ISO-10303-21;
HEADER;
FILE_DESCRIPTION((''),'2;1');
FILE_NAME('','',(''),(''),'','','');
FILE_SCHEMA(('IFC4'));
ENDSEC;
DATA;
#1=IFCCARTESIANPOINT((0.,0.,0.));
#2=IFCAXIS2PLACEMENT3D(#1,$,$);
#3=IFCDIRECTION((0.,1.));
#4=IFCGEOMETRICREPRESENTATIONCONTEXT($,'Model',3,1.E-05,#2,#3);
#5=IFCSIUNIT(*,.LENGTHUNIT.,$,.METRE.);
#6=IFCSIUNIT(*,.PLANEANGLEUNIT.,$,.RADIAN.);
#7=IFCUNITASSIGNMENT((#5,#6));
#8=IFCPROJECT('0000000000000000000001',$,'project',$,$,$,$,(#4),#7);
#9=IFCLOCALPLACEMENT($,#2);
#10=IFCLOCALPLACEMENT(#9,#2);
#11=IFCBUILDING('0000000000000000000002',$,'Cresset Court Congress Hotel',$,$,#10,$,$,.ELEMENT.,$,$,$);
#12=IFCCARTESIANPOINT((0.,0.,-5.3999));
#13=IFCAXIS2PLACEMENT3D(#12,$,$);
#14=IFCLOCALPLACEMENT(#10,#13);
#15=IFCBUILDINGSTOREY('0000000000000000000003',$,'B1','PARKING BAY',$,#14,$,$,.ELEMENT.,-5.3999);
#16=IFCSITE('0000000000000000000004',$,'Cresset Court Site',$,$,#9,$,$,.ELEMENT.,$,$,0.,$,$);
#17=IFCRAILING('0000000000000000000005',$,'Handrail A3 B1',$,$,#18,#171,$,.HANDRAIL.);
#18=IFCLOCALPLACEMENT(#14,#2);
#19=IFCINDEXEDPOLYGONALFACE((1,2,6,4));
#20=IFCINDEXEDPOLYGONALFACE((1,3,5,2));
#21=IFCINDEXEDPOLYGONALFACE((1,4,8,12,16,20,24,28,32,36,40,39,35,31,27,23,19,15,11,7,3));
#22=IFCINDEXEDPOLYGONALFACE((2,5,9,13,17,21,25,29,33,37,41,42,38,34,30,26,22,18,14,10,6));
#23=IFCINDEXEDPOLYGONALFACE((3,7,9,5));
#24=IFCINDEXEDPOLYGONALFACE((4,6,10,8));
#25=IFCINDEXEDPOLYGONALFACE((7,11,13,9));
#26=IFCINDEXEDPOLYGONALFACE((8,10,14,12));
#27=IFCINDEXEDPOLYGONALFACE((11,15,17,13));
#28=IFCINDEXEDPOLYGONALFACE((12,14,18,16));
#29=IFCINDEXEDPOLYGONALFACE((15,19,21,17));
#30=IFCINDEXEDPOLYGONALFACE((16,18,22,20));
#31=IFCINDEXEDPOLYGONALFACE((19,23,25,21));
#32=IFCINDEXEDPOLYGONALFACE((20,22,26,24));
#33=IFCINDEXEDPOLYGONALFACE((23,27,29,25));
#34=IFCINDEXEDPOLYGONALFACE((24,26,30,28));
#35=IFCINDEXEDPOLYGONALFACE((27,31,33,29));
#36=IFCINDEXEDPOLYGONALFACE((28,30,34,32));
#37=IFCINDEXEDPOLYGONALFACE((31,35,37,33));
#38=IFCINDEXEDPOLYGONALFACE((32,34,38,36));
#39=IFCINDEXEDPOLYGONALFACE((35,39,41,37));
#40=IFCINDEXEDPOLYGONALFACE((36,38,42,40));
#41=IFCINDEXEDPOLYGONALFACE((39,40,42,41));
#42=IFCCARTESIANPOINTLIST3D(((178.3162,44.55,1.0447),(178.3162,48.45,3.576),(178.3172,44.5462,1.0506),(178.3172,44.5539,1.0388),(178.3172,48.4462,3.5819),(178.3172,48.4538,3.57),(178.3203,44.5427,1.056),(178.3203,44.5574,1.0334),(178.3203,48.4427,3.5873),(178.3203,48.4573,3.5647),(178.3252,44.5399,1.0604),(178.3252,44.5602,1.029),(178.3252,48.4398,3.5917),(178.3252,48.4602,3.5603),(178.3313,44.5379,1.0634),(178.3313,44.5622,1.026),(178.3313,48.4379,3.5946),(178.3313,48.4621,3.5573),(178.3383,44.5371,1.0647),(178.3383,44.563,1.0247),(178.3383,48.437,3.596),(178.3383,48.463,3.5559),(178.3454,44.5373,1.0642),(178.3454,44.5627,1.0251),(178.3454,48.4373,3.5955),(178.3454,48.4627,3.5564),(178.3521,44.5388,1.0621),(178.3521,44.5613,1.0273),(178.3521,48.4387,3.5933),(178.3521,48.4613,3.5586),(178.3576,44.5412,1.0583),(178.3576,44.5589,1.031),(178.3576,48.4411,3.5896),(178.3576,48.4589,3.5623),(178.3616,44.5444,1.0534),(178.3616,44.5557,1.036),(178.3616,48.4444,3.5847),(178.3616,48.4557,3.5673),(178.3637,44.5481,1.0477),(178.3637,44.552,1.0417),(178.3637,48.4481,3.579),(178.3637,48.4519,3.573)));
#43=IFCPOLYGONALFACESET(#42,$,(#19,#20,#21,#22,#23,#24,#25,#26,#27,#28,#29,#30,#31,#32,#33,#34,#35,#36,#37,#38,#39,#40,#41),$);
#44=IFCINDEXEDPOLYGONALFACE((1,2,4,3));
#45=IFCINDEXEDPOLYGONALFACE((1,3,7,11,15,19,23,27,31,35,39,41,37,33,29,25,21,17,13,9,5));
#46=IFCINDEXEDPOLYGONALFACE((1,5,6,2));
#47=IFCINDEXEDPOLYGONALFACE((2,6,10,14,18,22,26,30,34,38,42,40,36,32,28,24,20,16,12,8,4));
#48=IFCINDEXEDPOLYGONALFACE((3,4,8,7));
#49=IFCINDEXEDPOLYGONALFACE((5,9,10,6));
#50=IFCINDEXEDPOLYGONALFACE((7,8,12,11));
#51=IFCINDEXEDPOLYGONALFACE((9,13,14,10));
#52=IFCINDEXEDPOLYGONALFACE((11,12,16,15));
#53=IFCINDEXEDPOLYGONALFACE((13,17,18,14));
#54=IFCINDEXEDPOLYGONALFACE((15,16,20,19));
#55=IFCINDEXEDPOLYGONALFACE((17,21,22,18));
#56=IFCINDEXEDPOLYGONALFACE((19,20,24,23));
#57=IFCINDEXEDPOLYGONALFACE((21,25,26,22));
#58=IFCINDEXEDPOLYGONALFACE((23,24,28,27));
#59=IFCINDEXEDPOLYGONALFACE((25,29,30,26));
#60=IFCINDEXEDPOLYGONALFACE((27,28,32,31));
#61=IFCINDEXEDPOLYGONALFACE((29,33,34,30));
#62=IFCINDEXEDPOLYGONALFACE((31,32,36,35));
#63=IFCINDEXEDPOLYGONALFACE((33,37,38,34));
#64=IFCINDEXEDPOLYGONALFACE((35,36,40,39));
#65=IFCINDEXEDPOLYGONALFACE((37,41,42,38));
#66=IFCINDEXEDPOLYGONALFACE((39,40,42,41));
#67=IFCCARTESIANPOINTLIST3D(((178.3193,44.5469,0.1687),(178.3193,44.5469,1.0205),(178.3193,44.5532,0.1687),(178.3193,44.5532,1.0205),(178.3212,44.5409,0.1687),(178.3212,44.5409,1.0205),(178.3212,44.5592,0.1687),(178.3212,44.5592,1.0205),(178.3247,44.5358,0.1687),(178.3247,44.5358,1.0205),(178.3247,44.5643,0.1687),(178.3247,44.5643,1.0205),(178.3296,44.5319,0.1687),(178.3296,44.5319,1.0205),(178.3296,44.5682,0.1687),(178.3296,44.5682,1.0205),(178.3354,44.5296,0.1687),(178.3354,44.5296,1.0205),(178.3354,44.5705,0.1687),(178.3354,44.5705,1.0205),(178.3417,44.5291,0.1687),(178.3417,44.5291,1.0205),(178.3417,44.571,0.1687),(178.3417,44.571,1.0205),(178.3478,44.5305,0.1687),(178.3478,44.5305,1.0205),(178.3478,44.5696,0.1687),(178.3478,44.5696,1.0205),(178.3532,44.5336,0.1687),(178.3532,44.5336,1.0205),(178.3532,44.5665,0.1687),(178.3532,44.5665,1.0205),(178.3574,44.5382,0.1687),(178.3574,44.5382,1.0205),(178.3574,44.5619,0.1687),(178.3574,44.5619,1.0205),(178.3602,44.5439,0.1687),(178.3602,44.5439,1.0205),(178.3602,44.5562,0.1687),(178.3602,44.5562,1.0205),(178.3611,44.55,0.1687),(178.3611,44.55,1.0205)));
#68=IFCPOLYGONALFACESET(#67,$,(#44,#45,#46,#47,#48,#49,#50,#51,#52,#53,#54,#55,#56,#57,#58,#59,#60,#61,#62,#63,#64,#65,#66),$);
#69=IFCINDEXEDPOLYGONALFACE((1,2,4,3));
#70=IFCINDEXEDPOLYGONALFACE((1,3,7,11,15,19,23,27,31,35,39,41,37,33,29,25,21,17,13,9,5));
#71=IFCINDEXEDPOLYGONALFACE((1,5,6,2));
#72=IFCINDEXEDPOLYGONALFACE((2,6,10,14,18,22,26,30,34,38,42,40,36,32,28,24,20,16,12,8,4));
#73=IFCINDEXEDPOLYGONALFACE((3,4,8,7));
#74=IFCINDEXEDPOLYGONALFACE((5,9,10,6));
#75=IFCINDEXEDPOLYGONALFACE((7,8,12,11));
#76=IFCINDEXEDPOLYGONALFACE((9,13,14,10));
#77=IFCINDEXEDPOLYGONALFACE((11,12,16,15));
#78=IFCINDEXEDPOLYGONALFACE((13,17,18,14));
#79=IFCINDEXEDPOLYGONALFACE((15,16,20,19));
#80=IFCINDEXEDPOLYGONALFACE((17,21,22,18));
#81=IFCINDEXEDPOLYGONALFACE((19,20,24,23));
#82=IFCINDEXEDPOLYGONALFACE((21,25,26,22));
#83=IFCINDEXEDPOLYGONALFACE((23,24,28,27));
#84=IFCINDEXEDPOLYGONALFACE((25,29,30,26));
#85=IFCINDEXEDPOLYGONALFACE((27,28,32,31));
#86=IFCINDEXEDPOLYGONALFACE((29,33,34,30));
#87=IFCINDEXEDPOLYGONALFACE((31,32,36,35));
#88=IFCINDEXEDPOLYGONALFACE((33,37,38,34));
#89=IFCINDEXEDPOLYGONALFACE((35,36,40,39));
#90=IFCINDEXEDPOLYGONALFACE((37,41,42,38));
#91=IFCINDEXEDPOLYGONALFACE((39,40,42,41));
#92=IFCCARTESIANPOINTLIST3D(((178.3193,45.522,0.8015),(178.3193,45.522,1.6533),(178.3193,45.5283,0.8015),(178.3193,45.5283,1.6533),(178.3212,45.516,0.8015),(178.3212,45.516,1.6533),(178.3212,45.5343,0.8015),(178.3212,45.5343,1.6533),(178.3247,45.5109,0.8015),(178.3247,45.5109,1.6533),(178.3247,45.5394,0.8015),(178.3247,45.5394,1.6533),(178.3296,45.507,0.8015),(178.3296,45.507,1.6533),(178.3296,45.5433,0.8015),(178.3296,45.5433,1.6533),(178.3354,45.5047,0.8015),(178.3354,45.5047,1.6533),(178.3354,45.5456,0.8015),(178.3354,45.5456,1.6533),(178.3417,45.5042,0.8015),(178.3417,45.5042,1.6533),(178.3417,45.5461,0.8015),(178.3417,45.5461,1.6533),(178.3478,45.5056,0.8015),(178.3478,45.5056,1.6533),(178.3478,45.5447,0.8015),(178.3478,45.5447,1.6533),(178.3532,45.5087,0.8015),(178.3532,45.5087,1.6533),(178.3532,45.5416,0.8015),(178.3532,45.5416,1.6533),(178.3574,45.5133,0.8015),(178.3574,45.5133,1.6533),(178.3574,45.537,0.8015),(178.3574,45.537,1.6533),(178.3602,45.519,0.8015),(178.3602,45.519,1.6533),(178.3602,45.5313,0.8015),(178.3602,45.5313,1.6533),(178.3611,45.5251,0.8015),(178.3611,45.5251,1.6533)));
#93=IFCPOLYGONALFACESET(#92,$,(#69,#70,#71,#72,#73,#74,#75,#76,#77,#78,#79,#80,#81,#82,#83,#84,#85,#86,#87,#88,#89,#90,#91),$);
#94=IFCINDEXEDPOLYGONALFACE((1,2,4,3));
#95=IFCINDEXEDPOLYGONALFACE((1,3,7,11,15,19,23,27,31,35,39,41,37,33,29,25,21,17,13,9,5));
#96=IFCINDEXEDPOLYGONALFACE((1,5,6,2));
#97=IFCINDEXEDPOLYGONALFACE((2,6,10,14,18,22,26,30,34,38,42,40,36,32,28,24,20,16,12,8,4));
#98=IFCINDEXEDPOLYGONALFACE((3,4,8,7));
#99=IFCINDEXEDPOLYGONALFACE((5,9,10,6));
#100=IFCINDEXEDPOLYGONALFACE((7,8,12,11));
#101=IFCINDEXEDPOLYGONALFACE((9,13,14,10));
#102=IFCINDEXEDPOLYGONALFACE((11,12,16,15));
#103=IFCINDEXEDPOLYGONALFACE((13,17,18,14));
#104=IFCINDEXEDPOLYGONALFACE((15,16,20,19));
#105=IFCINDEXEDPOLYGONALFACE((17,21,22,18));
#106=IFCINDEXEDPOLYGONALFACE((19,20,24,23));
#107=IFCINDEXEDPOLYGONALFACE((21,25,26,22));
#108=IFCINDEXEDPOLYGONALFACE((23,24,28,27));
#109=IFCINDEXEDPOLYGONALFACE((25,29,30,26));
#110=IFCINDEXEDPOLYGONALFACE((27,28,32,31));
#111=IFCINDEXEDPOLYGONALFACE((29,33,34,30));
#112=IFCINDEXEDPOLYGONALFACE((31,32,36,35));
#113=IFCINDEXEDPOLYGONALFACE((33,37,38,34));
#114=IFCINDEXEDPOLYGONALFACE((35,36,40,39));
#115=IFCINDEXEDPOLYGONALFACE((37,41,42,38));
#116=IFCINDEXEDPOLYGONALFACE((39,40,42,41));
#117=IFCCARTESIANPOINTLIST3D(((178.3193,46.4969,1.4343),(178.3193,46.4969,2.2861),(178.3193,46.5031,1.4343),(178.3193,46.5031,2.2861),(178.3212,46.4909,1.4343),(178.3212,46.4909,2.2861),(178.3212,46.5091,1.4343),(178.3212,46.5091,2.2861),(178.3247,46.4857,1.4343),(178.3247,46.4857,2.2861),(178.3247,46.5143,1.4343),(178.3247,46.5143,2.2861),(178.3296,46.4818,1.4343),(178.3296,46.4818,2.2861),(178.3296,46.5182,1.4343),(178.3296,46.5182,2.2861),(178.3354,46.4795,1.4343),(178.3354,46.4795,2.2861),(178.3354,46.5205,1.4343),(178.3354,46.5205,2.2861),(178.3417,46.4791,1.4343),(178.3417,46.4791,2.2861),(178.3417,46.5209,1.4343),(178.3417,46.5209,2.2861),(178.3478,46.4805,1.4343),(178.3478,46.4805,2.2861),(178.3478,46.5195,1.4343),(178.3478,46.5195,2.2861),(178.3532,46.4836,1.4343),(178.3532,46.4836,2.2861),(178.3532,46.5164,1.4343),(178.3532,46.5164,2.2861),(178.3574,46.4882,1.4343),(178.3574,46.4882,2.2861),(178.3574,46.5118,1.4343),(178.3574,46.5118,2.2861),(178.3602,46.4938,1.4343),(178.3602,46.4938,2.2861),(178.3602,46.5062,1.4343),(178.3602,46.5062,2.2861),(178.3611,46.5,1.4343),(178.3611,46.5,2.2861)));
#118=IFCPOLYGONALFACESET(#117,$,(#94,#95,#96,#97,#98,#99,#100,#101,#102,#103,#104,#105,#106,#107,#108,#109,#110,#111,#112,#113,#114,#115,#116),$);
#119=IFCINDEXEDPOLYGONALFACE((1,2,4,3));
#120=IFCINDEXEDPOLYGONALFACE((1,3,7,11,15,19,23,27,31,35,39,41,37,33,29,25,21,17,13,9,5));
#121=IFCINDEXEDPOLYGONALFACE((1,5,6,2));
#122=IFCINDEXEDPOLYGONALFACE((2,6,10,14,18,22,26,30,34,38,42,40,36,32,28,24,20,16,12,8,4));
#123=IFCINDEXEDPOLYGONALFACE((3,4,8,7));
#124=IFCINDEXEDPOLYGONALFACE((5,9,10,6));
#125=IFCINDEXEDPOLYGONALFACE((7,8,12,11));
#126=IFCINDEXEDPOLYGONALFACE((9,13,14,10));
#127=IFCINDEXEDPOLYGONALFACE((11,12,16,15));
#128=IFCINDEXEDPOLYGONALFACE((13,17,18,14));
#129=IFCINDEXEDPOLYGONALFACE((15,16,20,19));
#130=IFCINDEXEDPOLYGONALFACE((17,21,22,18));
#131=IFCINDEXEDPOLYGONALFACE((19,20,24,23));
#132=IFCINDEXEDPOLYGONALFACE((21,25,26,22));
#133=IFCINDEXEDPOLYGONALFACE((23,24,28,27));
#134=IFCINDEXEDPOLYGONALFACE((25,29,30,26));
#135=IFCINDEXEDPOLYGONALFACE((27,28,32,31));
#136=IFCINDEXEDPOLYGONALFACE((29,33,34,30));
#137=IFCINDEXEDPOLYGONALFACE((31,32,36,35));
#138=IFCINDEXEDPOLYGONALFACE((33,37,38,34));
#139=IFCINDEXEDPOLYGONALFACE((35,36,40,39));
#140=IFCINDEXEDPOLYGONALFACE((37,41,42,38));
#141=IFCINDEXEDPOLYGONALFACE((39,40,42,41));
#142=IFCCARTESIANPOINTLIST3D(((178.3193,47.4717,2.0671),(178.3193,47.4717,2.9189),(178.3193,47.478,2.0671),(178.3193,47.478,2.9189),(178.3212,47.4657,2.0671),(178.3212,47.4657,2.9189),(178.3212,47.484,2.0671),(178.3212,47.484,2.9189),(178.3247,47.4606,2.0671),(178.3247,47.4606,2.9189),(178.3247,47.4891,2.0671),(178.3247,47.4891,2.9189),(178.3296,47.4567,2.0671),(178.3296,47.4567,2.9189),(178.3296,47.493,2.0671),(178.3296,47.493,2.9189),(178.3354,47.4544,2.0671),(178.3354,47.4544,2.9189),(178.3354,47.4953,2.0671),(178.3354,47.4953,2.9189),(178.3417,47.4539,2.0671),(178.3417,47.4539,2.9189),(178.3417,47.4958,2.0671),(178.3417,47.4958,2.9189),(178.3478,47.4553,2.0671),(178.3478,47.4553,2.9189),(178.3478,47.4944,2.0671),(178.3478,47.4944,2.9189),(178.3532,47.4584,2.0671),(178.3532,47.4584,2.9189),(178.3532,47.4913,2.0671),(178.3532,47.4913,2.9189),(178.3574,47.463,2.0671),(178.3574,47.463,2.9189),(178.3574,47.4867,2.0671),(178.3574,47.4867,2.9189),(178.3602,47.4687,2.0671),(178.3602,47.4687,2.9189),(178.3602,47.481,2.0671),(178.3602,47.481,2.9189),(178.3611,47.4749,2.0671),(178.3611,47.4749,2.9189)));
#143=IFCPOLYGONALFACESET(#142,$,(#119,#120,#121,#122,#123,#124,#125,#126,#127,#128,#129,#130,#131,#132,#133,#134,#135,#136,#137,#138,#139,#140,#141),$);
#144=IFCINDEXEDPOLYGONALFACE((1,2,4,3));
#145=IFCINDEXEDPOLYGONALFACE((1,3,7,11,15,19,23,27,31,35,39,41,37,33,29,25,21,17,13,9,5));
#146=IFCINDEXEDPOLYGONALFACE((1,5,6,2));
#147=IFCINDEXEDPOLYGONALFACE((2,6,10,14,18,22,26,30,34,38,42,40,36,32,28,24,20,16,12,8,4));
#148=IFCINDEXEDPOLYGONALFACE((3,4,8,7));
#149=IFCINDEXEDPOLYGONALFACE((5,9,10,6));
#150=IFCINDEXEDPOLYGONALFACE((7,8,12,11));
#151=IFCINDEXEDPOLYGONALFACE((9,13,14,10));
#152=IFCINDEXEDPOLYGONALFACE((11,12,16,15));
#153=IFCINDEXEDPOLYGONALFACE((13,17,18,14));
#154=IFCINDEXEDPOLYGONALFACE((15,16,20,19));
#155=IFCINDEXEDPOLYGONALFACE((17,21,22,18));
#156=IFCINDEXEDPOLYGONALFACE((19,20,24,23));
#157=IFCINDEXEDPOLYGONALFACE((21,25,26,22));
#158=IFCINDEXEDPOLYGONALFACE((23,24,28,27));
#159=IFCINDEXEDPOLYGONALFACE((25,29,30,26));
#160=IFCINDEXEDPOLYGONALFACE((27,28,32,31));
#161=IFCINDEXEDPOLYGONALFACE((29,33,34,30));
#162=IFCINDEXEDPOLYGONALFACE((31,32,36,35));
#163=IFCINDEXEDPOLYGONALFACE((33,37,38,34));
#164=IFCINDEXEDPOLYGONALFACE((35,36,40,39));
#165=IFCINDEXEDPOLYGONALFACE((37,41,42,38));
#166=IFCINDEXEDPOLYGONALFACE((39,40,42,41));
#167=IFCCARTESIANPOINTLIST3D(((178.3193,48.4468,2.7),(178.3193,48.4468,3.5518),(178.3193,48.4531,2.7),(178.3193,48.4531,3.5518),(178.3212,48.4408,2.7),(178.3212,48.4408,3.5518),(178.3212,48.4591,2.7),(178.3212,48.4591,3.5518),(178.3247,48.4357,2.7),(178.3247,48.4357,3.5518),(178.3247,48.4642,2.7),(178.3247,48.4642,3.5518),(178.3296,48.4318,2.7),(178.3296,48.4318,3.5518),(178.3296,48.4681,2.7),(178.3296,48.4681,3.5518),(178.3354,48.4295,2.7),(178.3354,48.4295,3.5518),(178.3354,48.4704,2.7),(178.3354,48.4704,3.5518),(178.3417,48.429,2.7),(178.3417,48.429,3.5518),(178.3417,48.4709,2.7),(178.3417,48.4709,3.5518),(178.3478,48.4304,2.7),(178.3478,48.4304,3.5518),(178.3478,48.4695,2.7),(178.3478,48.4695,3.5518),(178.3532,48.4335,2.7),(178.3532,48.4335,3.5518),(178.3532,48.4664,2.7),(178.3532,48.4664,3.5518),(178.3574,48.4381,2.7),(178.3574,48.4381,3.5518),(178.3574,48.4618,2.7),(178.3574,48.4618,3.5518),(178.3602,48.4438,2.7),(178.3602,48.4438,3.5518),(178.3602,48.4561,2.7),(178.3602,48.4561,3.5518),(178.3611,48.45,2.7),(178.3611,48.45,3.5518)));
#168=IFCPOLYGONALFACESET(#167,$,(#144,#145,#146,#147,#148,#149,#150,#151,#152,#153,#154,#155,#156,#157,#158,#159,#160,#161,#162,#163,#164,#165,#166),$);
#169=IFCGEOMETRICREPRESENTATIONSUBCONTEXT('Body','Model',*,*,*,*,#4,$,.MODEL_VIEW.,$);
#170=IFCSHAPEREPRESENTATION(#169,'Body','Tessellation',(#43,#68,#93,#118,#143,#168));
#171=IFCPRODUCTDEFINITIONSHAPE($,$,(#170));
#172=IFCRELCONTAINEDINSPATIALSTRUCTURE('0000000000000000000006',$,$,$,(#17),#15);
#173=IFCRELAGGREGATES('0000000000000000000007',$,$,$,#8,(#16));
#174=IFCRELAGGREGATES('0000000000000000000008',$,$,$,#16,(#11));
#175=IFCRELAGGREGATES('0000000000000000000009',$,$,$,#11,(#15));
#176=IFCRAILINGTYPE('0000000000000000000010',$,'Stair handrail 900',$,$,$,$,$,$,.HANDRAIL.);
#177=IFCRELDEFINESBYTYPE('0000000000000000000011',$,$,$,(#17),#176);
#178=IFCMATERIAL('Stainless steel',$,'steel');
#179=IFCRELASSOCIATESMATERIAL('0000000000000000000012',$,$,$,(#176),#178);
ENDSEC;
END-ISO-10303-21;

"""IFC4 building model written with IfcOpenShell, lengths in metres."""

from ifc_helpers import new_model, si_unit, direction, frame, origin, origin_2d, place, context, subcontext, project, spatial, circle, extrude, material, type_object, element, save


model = new_model("IFC4")

# Units and contexts
model_context = context("Model", 3, precision=1e-05, world=origin(), true_north=direction((0.0, 1.0)))
body_context = subcontext(model_context, "Body", "Model", "MODEL_VIEW")
ifc_project = project(units=[si_unit("LENGTHUNIT", "METRE"), si_unit("PLANEANGLEUNIT", "RADIAN")], contexts=[model_context])

# Site, building, storey
site_placement = place(None, origin())
site = spatial("IfcSite", under=ifc_project, at=site_placement, Name="Cresset Court Site", CompositionType="ELEMENT", RefElevation=0.0)
building_placement = place(site_placement, origin())
building = spatial("IfcBuilding", under=site, at=building_placement, Name="Cresset Court Congress Hotel", CompositionType="ELEMENT")
storey_placement = place(building_placement, frame((0.0, 0.0, -5.3999)))
storey = spatial("IfcBuildingStorey", under=building, at=storey_placement, Name="B1", Description="PARKING BAY", CompositionType="ELEMENT", Elevation=-5.3999)

# Railing
ifc_material_1 = material(Name="Stainless steel", Category="steel")
railing_type_1 = type_object("IfcRailingType", Name="Stair handrail 900", PredefinedType="HANDRAIL", material=ifc_material_1)
for number, where, name in (
    (1, (178.3401, 44.55, 0.1687), "Handrail A3 B1"),
):
    element("IfcRailing", number, at=place(storey_placement, frame(where)), inside=storey, type_object=railing_type_1, Name=name, PredefinedType="HANDRAIL", context=body_context, shape_type="SweptSolid", body=[
        extrude(circle(Radius=0.0239, at=origin_2d()), frame((0.0, 0.0, 0.876), z_axis=(0.0, 0.838806, 0.544431), x_axis=(-1.0, 0.0, 0.0)), (0.0, 0.0, 1.0), 4.6494),
        extrude(circle(Radius=0.021, at=origin_2d()), origin(), (0.0, 0.0, 1.0), 0.8518),
        extrude(circle(Radius=0.021, at=origin_2d()), frame((0.0, 0.9751, 0.6328)), (0.0, 0.0, 1.0), 0.8518),
        extrude(circle(Radius=0.021, at=origin_2d()), frame((0.0, 1.95, 1.2656)), (0.0, 0.0, 1.0), 0.8518),
        extrude(circle(Radius=0.021, at=origin_2d()), frame((0.0, 2.9248, 1.8984)), (0.0, 0.0, 1.0), 0.8518),
        extrude(circle(Radius=0.021, at=origin_2d()), frame((0.0, 3.8999, 2.5312)), (0.0, 0.0, 1.0), 0.8518),
    ])

save(model, "model.ifc")
